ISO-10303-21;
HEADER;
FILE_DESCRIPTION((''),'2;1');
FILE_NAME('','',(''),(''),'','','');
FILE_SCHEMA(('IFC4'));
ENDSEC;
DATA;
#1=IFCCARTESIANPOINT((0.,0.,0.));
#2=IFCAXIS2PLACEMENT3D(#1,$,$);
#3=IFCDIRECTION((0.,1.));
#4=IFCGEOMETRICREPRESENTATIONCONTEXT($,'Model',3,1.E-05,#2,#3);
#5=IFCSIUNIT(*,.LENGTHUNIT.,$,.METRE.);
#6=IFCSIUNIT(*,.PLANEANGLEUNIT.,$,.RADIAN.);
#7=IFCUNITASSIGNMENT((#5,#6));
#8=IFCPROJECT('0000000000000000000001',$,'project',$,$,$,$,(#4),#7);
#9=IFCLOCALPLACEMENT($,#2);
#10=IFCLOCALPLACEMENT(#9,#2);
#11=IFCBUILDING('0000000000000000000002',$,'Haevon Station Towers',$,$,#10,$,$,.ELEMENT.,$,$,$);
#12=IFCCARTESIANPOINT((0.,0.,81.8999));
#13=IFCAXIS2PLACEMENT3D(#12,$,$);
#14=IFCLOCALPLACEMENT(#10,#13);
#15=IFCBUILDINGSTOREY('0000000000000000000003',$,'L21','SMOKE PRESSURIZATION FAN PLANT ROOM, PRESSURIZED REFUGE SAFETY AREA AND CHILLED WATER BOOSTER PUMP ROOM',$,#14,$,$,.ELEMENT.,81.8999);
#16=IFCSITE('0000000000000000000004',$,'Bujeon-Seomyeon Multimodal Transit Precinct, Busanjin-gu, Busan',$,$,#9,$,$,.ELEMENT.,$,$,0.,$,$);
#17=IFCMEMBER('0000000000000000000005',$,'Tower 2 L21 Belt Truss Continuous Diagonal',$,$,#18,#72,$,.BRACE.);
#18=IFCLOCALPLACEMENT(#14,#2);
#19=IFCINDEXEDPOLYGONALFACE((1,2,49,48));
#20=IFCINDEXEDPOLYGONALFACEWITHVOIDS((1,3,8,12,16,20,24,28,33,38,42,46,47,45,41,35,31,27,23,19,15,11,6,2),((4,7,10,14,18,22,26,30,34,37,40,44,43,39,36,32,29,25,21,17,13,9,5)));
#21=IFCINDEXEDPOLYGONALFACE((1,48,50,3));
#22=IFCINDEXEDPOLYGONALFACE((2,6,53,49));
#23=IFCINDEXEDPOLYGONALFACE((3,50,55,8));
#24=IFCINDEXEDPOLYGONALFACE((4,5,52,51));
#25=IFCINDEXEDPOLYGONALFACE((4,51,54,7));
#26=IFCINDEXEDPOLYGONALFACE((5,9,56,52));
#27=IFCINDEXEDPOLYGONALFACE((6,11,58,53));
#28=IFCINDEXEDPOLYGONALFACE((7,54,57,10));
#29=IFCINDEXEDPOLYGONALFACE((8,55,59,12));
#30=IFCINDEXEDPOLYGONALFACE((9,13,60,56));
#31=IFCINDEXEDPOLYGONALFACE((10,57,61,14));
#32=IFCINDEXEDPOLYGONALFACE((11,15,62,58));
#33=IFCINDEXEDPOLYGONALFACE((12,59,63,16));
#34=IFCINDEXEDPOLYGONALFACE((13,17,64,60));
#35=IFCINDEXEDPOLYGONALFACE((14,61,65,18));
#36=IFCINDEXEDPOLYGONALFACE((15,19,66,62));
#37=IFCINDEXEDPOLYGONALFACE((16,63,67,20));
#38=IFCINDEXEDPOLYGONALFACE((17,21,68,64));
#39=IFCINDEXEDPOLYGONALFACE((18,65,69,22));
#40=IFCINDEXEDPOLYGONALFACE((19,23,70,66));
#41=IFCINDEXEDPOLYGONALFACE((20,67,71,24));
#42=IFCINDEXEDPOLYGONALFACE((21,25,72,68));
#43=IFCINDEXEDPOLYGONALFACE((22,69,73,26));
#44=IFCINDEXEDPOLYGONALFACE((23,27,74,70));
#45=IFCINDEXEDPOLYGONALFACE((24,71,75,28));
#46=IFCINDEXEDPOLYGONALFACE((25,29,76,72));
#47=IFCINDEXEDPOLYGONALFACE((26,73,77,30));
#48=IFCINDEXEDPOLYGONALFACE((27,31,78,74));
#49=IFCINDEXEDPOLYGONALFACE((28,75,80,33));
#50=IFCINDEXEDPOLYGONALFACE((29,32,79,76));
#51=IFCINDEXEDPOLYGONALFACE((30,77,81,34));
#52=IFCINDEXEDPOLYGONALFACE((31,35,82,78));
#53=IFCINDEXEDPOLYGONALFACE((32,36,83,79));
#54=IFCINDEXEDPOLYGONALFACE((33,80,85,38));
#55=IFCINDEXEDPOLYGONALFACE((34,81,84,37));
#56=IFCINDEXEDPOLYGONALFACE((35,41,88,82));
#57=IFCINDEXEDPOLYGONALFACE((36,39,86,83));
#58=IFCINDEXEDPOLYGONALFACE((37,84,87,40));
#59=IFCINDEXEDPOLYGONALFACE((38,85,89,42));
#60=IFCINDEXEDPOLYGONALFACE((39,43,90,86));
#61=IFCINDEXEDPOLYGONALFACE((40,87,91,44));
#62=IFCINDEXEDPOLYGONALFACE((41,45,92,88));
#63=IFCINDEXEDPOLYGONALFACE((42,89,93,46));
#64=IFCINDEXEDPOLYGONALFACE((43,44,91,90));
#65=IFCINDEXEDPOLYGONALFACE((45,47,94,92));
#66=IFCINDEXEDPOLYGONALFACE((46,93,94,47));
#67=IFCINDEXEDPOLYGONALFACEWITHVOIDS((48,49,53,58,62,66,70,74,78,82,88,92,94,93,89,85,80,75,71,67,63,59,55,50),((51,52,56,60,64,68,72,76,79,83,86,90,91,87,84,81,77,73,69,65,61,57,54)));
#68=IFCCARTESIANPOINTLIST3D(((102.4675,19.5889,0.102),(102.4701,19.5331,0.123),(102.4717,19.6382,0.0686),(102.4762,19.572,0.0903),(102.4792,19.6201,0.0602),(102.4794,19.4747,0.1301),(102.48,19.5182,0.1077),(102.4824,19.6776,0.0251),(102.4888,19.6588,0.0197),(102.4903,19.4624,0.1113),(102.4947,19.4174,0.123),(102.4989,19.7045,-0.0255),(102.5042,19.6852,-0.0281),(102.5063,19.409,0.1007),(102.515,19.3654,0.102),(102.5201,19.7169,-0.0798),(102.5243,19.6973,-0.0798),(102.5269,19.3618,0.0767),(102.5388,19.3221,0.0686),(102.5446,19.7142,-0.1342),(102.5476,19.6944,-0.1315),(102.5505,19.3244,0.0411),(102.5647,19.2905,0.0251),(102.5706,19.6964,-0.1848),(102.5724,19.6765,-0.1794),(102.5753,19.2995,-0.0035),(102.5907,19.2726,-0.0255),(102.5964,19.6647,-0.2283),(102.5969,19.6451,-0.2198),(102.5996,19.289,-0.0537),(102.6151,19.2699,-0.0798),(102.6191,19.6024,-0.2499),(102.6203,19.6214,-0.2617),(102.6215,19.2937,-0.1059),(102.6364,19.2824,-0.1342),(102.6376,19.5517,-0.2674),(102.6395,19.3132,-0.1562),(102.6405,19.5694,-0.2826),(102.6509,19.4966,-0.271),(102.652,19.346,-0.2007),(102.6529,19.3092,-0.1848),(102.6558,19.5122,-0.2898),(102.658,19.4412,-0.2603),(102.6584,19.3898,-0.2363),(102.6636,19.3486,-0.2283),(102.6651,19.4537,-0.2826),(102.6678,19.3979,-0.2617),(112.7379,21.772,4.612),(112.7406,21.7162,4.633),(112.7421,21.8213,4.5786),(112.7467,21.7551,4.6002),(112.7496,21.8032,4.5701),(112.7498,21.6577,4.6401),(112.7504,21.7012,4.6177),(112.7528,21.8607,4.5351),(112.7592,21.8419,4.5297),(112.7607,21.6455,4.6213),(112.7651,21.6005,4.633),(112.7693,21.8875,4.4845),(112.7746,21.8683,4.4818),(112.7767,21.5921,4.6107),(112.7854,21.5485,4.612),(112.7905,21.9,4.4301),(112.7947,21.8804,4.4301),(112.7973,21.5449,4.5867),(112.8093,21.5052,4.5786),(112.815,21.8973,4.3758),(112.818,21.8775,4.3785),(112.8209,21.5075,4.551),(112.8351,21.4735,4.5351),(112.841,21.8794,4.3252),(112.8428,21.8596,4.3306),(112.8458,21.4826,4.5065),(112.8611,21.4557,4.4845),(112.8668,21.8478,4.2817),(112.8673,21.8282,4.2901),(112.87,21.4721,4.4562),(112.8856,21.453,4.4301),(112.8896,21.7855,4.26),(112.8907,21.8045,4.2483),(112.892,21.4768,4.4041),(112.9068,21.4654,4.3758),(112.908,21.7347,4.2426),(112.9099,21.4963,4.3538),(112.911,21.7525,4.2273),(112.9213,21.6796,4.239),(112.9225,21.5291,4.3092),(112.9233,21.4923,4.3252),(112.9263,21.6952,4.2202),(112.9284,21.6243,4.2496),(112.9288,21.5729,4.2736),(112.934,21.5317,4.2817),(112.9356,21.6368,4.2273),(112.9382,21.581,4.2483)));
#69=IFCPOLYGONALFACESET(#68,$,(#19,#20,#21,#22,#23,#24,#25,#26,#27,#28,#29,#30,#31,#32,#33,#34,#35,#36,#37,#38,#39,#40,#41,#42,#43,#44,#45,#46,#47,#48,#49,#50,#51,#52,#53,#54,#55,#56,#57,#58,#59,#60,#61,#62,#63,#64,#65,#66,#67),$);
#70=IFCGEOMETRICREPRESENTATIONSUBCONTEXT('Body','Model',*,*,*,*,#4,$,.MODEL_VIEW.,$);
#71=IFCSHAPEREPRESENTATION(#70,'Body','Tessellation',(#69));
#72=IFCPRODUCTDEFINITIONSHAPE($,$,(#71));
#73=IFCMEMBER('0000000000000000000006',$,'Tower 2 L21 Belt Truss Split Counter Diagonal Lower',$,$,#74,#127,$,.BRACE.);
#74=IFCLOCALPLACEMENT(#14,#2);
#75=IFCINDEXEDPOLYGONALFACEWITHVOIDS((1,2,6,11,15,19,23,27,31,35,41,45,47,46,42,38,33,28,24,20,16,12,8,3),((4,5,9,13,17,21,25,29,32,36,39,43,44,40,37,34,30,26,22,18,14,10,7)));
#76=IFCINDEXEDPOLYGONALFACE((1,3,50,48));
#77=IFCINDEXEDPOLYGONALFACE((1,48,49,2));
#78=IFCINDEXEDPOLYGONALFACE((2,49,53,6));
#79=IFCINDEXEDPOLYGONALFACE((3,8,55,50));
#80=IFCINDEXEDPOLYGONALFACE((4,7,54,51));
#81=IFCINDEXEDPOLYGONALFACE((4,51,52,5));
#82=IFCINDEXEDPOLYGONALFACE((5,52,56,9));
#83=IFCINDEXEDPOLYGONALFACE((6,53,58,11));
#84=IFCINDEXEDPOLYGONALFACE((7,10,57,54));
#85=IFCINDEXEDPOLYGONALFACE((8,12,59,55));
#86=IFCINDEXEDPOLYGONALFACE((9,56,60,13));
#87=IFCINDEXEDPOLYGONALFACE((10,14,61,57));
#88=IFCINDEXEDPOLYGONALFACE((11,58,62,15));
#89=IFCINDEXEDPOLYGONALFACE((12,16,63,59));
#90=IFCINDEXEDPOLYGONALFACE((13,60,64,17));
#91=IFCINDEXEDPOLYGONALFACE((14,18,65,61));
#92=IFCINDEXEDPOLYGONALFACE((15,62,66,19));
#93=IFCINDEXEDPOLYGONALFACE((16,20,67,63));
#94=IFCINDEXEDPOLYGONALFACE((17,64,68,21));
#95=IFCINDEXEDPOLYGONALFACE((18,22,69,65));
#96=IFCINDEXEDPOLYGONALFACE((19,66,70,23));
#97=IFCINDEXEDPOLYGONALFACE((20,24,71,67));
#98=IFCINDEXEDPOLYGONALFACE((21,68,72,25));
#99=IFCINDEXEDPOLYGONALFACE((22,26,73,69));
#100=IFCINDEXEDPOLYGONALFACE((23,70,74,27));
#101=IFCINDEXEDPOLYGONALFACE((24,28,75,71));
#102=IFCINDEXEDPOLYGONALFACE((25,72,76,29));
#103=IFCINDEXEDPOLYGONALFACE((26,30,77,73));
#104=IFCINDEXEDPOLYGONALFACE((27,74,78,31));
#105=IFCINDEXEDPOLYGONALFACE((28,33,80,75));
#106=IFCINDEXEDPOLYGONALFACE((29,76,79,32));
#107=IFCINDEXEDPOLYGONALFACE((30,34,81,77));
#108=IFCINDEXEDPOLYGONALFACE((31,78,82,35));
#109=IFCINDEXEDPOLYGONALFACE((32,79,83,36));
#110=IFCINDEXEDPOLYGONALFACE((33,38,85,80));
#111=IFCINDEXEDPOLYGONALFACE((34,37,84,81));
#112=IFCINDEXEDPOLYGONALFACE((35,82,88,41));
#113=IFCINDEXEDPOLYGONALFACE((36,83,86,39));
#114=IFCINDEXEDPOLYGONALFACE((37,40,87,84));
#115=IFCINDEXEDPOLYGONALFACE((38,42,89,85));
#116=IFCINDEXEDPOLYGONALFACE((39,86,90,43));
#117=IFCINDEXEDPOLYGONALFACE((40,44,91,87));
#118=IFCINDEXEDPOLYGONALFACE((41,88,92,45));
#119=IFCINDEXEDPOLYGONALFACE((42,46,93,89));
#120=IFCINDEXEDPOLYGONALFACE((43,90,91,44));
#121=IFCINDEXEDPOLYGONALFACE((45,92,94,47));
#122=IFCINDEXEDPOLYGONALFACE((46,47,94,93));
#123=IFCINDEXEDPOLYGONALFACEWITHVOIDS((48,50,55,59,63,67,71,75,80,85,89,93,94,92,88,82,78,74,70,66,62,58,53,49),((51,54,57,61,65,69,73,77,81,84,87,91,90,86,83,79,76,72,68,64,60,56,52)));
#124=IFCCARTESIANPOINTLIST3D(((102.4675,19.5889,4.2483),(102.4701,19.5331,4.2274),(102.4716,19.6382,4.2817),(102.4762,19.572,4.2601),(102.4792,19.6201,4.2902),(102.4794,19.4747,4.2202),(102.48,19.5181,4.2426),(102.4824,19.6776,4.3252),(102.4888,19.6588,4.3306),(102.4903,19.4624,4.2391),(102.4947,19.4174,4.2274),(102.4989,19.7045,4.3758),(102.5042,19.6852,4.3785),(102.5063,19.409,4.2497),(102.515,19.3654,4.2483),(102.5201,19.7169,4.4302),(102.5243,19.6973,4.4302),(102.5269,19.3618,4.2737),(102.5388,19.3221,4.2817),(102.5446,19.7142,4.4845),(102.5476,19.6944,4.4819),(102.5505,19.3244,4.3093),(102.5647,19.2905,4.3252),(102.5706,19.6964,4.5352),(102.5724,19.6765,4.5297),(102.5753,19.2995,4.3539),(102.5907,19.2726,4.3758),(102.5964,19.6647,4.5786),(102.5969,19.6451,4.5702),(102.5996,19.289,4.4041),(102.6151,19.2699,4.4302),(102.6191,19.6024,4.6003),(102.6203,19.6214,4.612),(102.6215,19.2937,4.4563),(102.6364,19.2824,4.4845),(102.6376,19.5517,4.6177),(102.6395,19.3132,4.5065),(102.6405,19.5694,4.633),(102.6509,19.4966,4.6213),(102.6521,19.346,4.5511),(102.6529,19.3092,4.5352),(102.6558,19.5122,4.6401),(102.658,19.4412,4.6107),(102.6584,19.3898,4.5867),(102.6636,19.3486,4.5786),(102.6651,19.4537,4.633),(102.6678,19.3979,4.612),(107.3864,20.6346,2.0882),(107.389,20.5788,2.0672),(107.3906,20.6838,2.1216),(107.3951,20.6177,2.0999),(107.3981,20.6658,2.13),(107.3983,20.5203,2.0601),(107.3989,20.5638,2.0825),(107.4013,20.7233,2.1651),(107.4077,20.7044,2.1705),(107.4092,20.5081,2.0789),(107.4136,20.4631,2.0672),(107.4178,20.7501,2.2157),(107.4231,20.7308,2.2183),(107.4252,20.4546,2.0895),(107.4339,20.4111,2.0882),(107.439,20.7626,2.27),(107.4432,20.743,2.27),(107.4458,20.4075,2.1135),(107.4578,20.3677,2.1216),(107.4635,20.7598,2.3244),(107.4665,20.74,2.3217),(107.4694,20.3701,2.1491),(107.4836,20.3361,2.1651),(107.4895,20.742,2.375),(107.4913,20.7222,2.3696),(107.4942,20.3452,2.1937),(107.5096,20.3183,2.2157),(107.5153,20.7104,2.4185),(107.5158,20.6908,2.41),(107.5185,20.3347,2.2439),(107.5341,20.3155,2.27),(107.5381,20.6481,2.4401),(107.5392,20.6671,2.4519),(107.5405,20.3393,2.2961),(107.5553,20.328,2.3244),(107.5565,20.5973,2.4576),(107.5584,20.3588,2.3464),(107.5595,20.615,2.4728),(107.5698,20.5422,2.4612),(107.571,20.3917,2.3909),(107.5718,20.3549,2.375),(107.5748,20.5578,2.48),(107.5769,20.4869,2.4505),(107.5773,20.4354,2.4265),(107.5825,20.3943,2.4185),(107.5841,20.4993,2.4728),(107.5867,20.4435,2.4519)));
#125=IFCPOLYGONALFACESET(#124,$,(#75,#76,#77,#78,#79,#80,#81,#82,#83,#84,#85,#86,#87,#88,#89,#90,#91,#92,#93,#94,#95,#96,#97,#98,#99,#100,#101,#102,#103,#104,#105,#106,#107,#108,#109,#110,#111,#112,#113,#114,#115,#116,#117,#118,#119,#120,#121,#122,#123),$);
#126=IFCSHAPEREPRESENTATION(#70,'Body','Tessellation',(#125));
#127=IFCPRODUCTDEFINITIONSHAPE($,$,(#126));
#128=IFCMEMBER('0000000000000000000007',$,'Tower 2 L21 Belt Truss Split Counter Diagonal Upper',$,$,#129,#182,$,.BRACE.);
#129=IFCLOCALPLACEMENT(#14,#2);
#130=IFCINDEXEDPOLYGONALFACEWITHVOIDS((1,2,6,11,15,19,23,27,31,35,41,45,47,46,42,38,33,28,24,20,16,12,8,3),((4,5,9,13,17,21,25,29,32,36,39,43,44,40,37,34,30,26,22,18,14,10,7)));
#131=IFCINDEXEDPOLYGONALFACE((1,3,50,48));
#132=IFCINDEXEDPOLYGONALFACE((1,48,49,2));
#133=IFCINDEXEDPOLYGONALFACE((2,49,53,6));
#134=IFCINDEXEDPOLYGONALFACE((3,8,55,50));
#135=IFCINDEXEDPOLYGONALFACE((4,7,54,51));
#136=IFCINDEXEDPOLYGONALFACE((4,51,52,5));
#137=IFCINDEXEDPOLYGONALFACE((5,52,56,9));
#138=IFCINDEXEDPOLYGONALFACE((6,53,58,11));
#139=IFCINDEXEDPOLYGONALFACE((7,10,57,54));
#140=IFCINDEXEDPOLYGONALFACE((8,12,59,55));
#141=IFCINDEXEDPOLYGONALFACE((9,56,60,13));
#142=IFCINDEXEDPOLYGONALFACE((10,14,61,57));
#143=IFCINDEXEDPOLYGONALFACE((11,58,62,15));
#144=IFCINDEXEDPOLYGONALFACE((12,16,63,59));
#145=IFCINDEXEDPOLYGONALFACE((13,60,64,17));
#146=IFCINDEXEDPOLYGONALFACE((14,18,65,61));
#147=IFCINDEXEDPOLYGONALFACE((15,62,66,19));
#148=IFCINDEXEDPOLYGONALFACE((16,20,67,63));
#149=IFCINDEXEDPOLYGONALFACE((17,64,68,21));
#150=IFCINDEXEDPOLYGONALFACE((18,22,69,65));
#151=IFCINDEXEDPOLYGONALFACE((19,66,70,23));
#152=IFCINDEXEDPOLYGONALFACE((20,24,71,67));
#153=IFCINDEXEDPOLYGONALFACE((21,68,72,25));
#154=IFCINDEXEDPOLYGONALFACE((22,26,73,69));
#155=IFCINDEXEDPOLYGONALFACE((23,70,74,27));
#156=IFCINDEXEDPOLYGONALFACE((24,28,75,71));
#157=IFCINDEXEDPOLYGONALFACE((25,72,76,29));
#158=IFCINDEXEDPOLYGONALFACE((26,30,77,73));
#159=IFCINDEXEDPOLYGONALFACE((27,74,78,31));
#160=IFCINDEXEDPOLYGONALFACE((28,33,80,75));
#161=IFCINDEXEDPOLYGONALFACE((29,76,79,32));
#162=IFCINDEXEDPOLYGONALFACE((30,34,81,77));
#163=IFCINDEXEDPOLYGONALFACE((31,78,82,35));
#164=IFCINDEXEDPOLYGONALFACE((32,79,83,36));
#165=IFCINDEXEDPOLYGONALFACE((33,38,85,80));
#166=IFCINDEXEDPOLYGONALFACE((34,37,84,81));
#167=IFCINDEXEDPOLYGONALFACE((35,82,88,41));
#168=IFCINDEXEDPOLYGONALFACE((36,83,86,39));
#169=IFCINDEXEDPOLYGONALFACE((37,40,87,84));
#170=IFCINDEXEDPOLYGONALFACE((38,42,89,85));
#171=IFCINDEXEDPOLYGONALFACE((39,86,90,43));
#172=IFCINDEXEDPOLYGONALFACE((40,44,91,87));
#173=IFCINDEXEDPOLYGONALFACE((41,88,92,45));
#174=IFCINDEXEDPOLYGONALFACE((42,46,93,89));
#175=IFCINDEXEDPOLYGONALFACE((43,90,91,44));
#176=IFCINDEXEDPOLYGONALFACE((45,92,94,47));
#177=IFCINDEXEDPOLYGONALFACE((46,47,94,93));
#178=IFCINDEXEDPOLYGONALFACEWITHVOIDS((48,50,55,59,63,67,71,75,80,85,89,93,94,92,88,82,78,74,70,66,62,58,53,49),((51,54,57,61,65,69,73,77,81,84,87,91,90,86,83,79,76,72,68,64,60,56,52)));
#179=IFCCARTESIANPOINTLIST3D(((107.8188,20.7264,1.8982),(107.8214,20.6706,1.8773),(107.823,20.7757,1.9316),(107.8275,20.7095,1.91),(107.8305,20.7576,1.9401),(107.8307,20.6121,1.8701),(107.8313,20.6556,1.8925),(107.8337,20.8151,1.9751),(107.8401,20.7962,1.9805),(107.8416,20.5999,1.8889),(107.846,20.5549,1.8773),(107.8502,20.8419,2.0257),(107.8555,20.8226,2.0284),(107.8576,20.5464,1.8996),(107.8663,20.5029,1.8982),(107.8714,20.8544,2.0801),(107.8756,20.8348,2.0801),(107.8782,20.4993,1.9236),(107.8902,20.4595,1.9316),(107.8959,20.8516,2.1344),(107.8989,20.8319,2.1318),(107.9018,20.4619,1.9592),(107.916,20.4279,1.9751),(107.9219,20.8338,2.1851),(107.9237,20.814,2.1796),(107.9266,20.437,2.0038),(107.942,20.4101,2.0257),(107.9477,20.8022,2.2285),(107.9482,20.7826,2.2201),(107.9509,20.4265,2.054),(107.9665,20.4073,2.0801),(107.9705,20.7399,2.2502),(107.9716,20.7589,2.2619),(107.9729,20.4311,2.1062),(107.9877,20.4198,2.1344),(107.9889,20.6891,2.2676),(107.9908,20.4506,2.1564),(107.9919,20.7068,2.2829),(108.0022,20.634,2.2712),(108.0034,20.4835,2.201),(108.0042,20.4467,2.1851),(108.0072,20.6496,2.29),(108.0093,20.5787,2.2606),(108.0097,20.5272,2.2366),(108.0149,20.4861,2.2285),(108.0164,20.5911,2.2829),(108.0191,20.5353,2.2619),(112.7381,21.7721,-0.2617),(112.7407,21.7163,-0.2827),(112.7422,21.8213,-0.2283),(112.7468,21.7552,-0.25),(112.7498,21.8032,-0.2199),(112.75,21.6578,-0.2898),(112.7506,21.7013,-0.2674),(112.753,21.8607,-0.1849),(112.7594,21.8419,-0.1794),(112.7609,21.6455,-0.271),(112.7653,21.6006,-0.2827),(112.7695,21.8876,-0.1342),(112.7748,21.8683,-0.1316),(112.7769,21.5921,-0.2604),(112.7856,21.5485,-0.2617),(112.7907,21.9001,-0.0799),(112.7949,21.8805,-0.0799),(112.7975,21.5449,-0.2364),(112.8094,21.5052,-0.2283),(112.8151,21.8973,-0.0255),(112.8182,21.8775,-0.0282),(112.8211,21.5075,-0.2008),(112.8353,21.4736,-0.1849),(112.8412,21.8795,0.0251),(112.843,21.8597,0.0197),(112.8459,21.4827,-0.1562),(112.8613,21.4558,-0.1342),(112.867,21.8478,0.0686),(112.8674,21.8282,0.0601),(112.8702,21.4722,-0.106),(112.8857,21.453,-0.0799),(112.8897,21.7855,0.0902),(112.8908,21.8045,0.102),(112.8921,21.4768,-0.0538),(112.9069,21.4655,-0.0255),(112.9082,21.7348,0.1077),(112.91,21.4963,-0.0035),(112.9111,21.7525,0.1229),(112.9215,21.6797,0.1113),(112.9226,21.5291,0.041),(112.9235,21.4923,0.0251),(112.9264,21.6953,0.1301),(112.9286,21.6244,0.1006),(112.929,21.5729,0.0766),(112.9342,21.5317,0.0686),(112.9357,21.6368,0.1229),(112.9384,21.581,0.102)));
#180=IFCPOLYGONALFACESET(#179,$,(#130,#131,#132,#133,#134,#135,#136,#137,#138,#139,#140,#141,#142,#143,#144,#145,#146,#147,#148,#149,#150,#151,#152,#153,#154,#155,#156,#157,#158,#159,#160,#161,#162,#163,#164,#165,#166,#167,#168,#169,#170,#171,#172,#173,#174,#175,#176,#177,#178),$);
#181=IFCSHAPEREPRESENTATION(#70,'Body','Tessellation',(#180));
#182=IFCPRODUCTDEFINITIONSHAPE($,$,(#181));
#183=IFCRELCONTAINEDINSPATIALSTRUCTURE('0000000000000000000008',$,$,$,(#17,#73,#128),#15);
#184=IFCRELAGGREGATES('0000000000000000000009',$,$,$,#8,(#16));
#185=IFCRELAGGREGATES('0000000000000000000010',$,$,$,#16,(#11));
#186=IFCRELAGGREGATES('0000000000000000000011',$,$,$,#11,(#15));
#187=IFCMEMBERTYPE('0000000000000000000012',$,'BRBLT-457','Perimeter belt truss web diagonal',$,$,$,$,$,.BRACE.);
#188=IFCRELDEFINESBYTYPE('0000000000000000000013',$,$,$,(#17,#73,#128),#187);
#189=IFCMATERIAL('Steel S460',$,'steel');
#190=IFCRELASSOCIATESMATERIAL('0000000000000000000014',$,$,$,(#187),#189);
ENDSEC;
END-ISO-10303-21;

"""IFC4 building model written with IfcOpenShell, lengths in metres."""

from ifc_helpers import new_model, si_unit, direction, frame, origin, origin_2d, place, context, subcontext, project, spatial, hollow_circle, extrude, material, material_profile, profile_set, type_object, element, save


model = new_model("IFC4")

# Units and contexts
model_context = context("Model", 3, precision=1e-05, world=origin(), true_north=direction((0.0, 1.0)))
body_context = subcontext(model_context, "Body", "Model", "MODEL_VIEW")
ifc_project = project(units=[si_unit("LENGTHUNIT", "METRE"), si_unit("PLANEANGLEUNIT", "RADIAN")], contexts=[model_context])

# Site, building, storey
site_placement = place(None, origin())
site = spatial("IfcSite", under=ifc_project, at=site_placement, Name="Bujeon-Seomyeon Multimodal Transit Precinct, Busanjin-gu, Busan", CompositionType="ELEMENT", RefElevation=0.0)
building_placement = place(site_placement, origin())
building = spatial("IfcBuilding", under=site, at=building_placement, Name="Haevon Station Towers", CompositionType="ELEMENT")
storey_placement = place(building_placement, frame((0.0, 0.0, 81.8999)))
storey = spatial("IfcBuildingStorey", under=building, at=storey_placement, Name="L21", Description="SMOKE PRESSURIZATION FAN PLANT ROOM, PRESSURIZED REFUGE SAFETY AREA AND CHILLED WATER BOOSTER PUMP ROOM", CompositionType="ELEMENT", Elevation=81.8999)

# Shared definitions
ifc_material_1 = material(Name="Steel S460", Category="steel")

# Members
ifc_material_profile_1 = material_profile(ifc_material_1, hollow_circle(Radius=0.2285, WallThickness=0.02, at=origin_2d()), Name="CHS-457x20")
ifc_profile_set_1 = profile_set([ifc_material_profile_1], Name="Steel S460")
member_type_1 = type_object("IfcMemberType", Name="BRBLT-457", Description="Perimeter belt truss web diagonal", PredefinedType="BRACE", material=ifc_profile_set_1)
member_1_placement = place(storey_placement, frame((102.5676, 19.4934, -0.0798), z_axis=(0.898748, 0.191038, 0.39466), x_axis=(-0.207915, 0.978147, 0.0)))
element("IfcMember", 1, at=member_1_placement, inside=storey, type_object=member_type_1, Name="Tower 2 L21 Belt Truss Continuous Diagonal", PredefinedType="BRACE", context=body_context, shape_type="SweptSolid", body=[
    extrude(hollow_circle(Radius=0.2285, WallThickness=0.02, at=origin_2d()), origin(), (0.0, 0.0, 1.0), 11.4275),
])
member_2_placement = place(storey_placement, frame((102.5676, 19.4934, 4.4302), z_axis=(0.898736, 0.191051, -0.39468), x_axis=(-0.207931, 0.978144, 0.0)))
element("IfcMember", 2, at=member_2_placement, inside=storey, type_object=member_type_1, Name="Tower 2 L21 Belt Truss Split Counter Diagonal Lower", PredefinedType="BRACE", context=body_context, shape_type="SweptSolid", body=[
    extrude(hollow_circle(Radius=0.2285, WallThickness=0.02, at=origin_2d()), origin(), (0.0, 0.0, 1.0), 5.4731),
])
member_3_placement = place(storey_placement, frame((107.9189, 20.6309, 2.0801), z_axis=(0.898761, 0.191046, -0.394627), x_axis=(-0.207921, 0.978146, 0.0)))
element("IfcMember", 3, at=member_3_placement, inside=storey, type_object=member_type_1, Name="Tower 2 L21 Belt Truss Split Counter Diagonal Upper", PredefinedType="BRACE", context=body_context, shape_type="SweptSolid", body=[
    extrude(hollow_circle(Radius=0.2285, WallThickness=0.02, at=origin_2d()), origin(), (0.0, 0.0, 1.0), 5.4734),
])

save(model, "model.ifc")
